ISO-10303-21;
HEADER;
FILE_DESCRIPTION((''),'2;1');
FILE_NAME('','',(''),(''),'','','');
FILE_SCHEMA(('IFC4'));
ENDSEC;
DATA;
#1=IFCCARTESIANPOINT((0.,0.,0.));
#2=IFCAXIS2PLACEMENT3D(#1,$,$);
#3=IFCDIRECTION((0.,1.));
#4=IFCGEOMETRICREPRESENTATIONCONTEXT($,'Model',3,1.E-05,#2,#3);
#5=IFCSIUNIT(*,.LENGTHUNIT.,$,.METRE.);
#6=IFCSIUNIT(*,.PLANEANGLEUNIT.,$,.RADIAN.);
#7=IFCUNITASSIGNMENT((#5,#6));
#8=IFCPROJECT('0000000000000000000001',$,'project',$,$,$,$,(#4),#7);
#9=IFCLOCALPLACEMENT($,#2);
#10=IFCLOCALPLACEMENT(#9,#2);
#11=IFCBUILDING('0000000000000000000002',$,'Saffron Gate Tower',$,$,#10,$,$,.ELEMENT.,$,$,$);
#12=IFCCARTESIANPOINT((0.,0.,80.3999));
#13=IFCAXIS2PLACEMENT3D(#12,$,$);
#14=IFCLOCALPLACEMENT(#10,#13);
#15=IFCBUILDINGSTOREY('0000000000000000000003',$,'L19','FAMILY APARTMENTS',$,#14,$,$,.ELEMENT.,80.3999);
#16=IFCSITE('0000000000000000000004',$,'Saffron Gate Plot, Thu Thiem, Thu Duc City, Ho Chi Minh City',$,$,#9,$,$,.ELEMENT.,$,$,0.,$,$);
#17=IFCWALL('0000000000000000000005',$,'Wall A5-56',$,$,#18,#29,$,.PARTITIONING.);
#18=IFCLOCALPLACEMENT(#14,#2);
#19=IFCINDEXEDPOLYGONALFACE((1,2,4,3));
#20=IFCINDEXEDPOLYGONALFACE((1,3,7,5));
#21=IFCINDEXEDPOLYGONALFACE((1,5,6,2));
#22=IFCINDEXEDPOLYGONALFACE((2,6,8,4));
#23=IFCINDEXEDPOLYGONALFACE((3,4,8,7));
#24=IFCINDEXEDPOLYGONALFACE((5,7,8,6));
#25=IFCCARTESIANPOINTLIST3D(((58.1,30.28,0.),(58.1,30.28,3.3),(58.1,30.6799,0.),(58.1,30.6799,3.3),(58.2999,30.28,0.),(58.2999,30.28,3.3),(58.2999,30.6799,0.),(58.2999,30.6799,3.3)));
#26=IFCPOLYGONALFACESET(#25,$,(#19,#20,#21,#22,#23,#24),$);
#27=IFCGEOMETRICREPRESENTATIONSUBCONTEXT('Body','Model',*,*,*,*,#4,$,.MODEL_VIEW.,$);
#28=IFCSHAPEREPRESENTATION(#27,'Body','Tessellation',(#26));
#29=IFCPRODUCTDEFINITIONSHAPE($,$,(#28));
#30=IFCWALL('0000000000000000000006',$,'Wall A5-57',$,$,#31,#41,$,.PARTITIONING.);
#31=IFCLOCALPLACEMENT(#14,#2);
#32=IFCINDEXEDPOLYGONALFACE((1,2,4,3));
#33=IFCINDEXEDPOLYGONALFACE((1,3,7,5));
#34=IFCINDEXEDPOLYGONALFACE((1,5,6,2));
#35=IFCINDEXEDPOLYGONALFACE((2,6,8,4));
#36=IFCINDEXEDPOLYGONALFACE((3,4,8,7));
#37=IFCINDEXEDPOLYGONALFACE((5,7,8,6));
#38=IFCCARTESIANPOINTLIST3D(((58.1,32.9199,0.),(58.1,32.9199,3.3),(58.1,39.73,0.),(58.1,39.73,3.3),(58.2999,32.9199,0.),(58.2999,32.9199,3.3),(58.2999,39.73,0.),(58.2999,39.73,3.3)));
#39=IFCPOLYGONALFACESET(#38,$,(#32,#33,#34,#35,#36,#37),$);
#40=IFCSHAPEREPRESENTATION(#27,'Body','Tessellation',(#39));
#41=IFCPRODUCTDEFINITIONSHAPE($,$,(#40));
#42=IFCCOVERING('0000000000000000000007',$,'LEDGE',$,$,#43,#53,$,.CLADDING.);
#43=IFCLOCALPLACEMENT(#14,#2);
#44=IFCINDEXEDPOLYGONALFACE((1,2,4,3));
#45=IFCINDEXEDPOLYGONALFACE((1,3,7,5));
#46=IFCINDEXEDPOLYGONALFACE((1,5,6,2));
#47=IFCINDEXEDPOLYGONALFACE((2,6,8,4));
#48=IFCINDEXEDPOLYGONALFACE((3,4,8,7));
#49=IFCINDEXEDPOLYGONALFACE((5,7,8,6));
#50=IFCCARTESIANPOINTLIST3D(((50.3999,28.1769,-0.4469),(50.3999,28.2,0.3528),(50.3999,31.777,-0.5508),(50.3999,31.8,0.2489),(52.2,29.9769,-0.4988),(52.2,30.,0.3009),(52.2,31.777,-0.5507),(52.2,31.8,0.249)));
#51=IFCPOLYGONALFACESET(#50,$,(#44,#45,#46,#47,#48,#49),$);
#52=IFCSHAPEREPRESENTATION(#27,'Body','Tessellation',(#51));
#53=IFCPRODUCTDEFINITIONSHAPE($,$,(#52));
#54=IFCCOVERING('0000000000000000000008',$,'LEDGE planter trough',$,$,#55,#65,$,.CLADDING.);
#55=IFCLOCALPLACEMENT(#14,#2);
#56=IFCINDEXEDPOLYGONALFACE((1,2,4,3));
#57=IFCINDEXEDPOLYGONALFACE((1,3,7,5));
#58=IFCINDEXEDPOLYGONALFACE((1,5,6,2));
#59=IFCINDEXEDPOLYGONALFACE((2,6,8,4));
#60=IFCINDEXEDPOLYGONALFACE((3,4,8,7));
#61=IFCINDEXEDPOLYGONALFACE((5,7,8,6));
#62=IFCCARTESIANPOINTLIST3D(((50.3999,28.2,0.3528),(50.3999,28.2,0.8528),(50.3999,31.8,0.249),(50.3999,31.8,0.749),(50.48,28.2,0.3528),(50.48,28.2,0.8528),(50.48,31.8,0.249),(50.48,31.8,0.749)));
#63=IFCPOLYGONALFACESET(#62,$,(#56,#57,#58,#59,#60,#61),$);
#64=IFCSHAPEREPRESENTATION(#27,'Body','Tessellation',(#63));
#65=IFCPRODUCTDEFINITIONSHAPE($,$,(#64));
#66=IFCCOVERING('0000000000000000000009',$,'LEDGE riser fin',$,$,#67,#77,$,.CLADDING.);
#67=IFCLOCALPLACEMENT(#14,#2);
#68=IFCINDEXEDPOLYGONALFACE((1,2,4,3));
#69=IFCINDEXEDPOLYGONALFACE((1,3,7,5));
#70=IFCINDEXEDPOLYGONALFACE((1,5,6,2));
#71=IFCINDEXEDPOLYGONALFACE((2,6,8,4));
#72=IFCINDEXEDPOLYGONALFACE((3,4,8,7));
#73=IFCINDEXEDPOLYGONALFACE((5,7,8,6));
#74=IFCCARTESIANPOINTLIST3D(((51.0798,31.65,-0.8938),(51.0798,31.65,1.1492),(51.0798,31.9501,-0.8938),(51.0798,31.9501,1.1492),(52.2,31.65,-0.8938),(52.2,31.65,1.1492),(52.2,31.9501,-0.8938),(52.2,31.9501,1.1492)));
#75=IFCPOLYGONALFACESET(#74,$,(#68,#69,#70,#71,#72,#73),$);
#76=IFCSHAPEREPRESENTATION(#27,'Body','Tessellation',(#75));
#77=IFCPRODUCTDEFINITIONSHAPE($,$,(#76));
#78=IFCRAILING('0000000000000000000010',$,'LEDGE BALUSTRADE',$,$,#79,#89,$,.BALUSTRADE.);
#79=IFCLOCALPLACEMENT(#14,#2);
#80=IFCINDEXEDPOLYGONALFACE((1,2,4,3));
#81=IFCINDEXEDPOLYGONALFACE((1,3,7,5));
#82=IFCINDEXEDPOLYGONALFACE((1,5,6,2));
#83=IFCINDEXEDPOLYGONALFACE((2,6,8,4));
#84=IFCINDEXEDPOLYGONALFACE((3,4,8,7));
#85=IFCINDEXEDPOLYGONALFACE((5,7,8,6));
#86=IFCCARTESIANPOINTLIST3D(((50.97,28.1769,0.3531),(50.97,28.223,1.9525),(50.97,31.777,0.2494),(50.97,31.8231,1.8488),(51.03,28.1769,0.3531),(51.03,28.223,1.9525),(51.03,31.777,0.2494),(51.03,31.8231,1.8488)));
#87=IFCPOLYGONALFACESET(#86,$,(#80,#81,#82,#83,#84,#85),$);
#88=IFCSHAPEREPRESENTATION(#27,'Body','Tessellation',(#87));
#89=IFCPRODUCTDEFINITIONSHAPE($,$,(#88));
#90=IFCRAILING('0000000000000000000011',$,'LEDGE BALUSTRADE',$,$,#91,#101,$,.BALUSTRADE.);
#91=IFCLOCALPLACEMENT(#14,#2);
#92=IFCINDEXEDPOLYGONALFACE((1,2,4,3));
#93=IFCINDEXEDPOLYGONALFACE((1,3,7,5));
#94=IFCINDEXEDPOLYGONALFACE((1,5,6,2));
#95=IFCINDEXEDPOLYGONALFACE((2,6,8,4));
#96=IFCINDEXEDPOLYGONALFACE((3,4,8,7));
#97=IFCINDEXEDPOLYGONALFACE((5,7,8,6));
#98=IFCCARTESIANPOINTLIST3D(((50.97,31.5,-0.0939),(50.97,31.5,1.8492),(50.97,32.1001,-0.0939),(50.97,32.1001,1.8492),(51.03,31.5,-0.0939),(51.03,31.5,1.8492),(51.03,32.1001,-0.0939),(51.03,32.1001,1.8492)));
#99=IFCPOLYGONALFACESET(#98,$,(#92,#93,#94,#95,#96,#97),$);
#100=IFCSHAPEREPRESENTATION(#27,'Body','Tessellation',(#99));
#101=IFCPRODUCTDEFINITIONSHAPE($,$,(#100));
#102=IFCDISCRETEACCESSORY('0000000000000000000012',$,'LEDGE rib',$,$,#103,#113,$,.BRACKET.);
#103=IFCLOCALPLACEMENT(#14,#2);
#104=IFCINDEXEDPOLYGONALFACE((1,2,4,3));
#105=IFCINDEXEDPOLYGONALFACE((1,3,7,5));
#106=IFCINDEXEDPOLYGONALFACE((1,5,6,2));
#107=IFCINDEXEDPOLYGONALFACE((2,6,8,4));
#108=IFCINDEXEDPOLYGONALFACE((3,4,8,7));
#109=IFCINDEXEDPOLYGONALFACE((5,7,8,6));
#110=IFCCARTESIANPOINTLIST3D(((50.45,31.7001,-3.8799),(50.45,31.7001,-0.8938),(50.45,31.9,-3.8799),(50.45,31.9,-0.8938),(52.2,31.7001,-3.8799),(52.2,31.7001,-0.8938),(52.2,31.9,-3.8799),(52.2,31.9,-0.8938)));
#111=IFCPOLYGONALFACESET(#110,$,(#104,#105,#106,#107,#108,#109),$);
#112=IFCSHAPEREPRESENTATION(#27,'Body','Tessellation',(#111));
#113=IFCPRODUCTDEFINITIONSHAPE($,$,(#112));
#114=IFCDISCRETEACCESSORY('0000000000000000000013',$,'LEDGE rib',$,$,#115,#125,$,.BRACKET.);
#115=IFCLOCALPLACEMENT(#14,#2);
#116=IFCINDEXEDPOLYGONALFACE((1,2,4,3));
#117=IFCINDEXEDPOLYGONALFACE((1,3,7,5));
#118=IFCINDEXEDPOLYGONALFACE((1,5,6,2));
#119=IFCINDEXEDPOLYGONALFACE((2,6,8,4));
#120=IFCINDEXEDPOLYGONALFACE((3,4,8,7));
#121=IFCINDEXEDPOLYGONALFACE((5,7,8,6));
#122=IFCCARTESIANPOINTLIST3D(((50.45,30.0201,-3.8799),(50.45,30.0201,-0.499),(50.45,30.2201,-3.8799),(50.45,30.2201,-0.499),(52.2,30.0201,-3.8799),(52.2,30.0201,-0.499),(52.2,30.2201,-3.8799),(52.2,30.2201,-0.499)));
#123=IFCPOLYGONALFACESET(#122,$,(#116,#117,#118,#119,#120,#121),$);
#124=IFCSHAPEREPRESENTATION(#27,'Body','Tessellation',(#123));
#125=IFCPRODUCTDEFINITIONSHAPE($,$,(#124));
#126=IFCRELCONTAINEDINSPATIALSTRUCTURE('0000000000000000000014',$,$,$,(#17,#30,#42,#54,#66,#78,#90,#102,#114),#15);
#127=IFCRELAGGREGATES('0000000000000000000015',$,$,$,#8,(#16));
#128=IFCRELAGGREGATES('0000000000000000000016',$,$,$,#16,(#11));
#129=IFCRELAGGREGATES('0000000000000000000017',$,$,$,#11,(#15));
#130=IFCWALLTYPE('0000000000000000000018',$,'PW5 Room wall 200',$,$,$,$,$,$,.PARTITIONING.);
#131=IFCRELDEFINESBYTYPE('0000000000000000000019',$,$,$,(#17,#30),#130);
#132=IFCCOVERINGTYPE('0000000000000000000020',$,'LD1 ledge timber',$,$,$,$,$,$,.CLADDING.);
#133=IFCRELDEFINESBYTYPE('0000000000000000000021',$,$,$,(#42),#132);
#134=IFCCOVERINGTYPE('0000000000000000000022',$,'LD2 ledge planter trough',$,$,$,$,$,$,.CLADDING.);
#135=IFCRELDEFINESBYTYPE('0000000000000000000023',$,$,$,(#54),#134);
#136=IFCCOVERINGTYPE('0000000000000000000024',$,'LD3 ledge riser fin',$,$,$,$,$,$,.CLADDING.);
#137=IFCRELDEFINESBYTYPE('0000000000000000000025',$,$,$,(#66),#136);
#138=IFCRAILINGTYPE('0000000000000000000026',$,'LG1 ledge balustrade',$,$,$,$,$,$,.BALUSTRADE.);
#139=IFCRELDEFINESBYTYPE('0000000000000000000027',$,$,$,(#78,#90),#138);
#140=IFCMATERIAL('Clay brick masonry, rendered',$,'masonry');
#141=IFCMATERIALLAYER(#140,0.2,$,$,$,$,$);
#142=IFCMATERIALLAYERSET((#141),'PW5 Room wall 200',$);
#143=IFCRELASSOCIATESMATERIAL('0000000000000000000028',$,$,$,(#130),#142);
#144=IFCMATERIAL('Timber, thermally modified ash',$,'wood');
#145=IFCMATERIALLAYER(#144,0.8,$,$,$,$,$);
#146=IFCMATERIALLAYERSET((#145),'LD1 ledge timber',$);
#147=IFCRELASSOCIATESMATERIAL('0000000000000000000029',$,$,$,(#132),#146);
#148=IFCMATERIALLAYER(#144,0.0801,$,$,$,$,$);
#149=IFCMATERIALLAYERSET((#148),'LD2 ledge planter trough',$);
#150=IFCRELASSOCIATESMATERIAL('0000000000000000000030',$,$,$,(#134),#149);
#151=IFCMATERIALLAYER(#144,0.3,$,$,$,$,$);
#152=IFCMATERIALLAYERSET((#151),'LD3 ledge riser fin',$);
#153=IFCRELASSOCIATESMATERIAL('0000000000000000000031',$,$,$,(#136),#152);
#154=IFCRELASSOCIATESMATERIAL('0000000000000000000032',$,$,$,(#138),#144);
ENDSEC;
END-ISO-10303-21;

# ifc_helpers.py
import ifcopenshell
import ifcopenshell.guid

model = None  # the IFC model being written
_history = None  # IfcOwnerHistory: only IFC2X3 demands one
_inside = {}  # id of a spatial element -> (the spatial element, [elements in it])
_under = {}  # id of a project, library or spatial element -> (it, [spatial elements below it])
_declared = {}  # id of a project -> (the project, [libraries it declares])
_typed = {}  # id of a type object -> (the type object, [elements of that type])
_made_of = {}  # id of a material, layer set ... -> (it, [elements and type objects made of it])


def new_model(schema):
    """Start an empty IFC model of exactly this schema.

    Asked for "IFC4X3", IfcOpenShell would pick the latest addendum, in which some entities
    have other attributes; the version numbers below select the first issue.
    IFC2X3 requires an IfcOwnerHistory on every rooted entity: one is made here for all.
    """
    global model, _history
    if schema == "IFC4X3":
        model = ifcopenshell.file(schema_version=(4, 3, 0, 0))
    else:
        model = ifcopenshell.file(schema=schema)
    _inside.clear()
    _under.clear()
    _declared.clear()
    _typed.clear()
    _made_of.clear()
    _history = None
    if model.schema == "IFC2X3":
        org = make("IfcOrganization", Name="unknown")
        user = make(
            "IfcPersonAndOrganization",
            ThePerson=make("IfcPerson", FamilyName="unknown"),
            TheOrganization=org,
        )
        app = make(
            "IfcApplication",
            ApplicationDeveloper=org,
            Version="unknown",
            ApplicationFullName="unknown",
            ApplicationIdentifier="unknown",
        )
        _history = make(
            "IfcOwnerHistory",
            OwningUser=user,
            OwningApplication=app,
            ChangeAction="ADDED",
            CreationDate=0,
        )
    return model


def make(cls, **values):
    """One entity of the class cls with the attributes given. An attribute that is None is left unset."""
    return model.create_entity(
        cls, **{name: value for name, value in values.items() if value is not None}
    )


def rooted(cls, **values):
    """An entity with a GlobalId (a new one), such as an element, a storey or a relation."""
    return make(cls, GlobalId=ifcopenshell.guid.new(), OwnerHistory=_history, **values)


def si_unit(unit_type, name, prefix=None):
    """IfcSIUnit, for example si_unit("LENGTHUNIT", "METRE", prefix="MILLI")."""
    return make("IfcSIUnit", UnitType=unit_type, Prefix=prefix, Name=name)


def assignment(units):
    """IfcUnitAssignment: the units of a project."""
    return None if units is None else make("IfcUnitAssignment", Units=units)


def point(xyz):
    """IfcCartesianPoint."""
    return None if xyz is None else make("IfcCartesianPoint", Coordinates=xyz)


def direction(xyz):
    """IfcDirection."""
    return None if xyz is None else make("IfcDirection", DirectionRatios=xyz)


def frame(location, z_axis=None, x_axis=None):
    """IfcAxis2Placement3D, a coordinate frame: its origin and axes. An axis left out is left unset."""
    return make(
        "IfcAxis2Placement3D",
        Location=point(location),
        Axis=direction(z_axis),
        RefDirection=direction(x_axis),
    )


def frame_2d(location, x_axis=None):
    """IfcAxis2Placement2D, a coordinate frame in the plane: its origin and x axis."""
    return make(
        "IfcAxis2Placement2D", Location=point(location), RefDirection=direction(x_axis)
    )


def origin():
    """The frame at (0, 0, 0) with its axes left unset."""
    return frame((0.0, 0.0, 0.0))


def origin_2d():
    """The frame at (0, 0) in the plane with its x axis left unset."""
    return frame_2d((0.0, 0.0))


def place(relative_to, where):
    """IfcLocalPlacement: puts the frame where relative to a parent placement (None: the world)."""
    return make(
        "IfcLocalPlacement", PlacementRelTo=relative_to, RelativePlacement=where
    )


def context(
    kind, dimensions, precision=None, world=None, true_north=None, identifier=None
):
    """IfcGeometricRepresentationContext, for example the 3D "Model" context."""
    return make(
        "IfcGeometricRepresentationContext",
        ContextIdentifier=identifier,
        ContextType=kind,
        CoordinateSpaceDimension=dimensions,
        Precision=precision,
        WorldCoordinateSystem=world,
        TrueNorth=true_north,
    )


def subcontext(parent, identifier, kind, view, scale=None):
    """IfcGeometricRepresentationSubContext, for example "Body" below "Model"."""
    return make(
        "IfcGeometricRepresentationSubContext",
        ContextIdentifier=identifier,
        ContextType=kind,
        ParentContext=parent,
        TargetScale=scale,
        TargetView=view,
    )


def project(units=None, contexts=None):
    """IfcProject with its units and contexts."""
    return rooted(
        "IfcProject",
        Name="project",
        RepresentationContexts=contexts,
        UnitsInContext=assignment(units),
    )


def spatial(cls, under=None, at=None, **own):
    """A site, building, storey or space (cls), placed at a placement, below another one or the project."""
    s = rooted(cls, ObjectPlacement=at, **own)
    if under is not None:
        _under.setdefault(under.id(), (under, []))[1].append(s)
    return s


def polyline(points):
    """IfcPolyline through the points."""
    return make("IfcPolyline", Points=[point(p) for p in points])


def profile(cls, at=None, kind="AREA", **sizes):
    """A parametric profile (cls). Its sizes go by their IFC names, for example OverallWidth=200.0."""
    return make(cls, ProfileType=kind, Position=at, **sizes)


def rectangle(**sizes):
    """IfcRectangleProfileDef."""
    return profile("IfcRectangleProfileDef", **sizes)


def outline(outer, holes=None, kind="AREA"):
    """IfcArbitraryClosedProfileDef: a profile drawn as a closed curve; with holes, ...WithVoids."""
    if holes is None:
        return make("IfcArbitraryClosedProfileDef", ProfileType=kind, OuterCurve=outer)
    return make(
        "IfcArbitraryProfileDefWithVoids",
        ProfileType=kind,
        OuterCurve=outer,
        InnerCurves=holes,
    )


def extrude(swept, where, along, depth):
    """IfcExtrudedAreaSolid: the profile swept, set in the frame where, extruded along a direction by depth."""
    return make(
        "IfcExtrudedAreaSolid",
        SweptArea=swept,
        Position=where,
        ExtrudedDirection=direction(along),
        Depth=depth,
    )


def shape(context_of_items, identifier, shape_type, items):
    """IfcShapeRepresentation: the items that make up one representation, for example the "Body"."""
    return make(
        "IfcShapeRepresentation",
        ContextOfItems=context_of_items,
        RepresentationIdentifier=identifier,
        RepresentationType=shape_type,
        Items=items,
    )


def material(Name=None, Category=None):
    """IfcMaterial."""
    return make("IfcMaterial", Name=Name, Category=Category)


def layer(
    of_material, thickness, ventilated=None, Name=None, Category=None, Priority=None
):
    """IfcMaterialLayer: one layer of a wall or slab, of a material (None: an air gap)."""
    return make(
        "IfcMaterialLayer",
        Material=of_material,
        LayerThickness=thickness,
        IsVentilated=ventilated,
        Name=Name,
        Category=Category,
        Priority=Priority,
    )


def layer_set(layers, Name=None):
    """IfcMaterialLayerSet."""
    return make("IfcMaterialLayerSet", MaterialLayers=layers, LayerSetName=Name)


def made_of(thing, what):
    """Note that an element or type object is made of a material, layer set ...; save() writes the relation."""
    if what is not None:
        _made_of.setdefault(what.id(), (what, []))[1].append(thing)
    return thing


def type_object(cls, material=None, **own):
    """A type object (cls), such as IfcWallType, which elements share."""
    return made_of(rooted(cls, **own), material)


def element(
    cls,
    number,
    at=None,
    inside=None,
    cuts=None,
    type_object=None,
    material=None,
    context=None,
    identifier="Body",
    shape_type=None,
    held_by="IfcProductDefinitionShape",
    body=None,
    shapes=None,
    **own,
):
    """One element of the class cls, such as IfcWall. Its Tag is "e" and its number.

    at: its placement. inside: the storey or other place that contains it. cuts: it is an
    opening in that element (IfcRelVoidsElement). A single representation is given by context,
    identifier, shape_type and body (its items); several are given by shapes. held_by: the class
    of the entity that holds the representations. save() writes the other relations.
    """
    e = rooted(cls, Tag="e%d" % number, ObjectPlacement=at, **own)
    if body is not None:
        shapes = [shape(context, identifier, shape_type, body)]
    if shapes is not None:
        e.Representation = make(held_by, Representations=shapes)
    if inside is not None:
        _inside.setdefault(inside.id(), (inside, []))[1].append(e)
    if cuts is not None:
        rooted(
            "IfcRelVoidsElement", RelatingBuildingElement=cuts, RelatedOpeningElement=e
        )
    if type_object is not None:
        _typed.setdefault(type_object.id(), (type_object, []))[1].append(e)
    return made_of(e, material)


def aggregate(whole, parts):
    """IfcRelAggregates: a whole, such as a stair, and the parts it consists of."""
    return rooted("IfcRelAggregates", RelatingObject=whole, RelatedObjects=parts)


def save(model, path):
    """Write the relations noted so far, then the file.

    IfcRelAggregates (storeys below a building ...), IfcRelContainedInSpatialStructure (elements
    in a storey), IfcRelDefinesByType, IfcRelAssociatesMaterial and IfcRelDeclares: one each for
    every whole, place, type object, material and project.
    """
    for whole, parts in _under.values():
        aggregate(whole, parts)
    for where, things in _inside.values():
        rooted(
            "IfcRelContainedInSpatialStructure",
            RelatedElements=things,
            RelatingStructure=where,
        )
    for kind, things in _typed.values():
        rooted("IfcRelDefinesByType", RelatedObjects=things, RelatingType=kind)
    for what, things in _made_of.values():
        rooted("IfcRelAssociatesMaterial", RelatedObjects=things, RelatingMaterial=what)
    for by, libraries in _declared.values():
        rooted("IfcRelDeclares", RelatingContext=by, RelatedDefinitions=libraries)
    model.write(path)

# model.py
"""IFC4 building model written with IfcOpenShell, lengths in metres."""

from ifc_helpers import new_model, si_unit, direction, frame, frame_2d, origin, origin_2d, place, context, subcontext, project, spatial, polyline, rectangle, outline, extrude, material, layer, layer_set, type_object, element, save


model = new_model("IFC4")

# Units and contexts
model_context = context("Model", 3, precision=1e-05, world=origin(), true_north=direction((0.0, 1.0)))
body_context = subcontext(model_context, "Body", "Model", "MODEL_VIEW")
ifc_project = project(units=[si_unit("LENGTHUNIT", "METRE"), si_unit("PLANEANGLEUNIT", "RADIAN")], contexts=[model_context])

# Site, building, storey
site_placement = place(None, origin())
site = spatial("IfcSite", under=ifc_project, at=site_placement, Name="Saffron Gate Plot, Thu Thiem, Thu Duc City, Ho Chi Minh City", CompositionType="ELEMENT", RefElevation=0.0)
building_placement = place(site_placement, origin())
building = spatial("IfcBuilding", under=site, at=building_placement, Name="Saffron Gate Tower", CompositionType="ELEMENT")
storey_placement = place(building_placement, frame((0.0, 0.0, 80.3999)))
storey = spatial("IfcBuildingStorey", under=building, at=storey_placement, Name="L19", Description="FAMILY APARTMENTS", CompositionType="ELEMENT", Elevation=80.3999)

# Walls
ifc_material_1 = material(Name="Clay brick masonry, rendered", Category="masonry")
ifc_layer_1 = layer(ifc_material_1, 0.2)
ifc_layer_set_1 = layer_set([ifc_layer_1], Name="PW5 Room wall 200")
wall_type_1 = type_object("IfcWallType", Name="PW5 Room wall 200", PredefinedType="PARTITIONING", material=ifc_layer_set_1)
wall_1_placement = place(storey_placement, frame((58.2, 30.6799, 0.0), z_axis=(0.0, 0.0, 1.0), x_axis=(0.0, -1.0, 0.0)))
element("IfcWall", 1, at=wall_1_placement, inside=storey, type_object=wall_type_1, Name="Wall A5-56", PredefinedType="PARTITIONING", context=body_context, shape_type="SweptSolid", body=[
    extrude(rectangle(XDim=0.3999, YDim=0.2, at=frame_2d((0.2, 0.0))), origin(), (0.0, 0.0, 1.0), 3.3),
])
wall_2_placement = place(storey_placement, frame((58.2, 39.73, 0.0), z_axis=(0.0, 0.0, 1.0), x_axis=(0.0, -1.0, 0.0)))
element("IfcWall", 2, at=wall_2_placement, inside=storey, type_object=wall_type_1, Name="Wall A5-57", PredefinedType="PARTITIONING", context=body_context, shape_type="SweptSolid", body=[
    extrude(rectangle(XDim=6.8101, YDim=0.2, at=frame_2d((3.405, 0.0))), origin(), (0.0, 0.0, 1.0), 3.3),
])

# Coverings
ifc_material_2 = material(Name="Timber, thermally modified ash", Category="wood")
ifc_layer_2 = layer(ifc_material_2, 0.8)
ifc_layer_set_2 = layer_set([ifc_layer_2], Name="LD1 ledge timber")
covering_type_1 = type_object("IfcCoveringType", Name="LD1 ledge timber", PredefinedType="CLADDING", material=ifc_layer_set_2)
covering_1_placement = place(storey_placement, frame((52.2, 31.8, 0.249), z_axis=(-0.000045, 0.028832, 0.999584), x_axis=(0.0, -0.999584, 0.028832)))
element("IfcCovering", 3, at=covering_1_placement, inside=storey, type_object=covering_type_1, Name="LEDGE", PredefinedType="CLADDING", context=body_context, shape_type="SweptSolid", body=[
    extrude(outline(polyline([(0.0, 0.0), (1.8008, 0.0), (3.6016, -1.8), (0.0, -1.8), (0.0, 0.0)])), origin(), (0.0, 0.0, -1.0), 0.8),
])
ifc_layer_3 = layer(ifc_material_2, 0.0801)
ifc_layer_set_3 = layer_set([ifc_layer_3], Name="LD2 ledge planter trough")
covering_type_2 = type_object("IfcCoveringType", Name="LD2 ledge planter trough", PredefinedType="CLADDING", material=ifc_layer_set_3)
covering_2_placement = place(storey_placement, frame((50.3999, 31.8, 0.249), z_axis=(-1.0, 0.0, 0.0), x_axis=(0.0, -0.999585, 0.028809)))
element("IfcCovering", 4, at=covering_2_placement, inside=storey, type_object=covering_type_2, Name="LEDGE planter trough", PredefinedType="CLADDING", context=body_context, shape_type="SweptSolid", body=[
    extrude(outline(polyline([(0.0, 0.0), (3.6016, 0.0), (3.616, 0.4998), (0.0144, 0.4998), (0.0, 0.0)])), origin(), (0.0, 0.0, -1.0), 0.0801),
])
ifc_layer_4 = layer(ifc_material_2, 0.3)
ifc_layer_set_4 = layer_set([ifc_layer_4], Name="LD3 ledge riser fin")
covering_type_3 = type_object("IfcCoveringType", Name="LD3 ledge riser fin", PredefinedType="CLADDING", material=ifc_layer_set_4)
covering_3_placement = place(storey_placement, frame((51.6399, 31.8, -0.8938), z_axis=(0.0, 0.0, 1.0), x_axis=(0.0, -1.0, 0.0)))
element("IfcCovering", 5, at=covering_3_placement, inside=storey, type_object=covering_type_3, Name="LEDGE riser fin", PredefinedType="CLADDING", context=body_context, shape_type="SweptSolid", body=[
    extrude(rectangle(XDim=0.3, YDim=1.1201, at=origin_2d()), origin(), (0.0, 0.0, 1.0), 2.043),
])

# Railings
railing_type = type_object("IfcRailingType", Name="LG1 ledge balustrade", PredefinedType="BALUSTRADE", material=ifc_material_2)
railing_1_placement = place(storey_placement, frame((51.0, 31.8, 0.249)))
element("IfcRailing", 6, at=railing_1_placement, inside=storey, type_object=railing_type, Name="LEDGE BALUSTRADE", PredefinedType="BALUSTRADE", context=body_context, shape_type="SweptSolid", body=[
    extrude(rectangle(XDim=0.0601, YDim=1.6001, at=origin_2d()), frame((0.0, 0.0, 0.8), z_axis=(0.0, -0.999585, 0.028809), x_axis=(1.0, 0.0, 0.0)), (0.0, 0.0, 1.0), 3.6016),
])
railing_2_placement = place(storey_placement, frame((51.0, 32.1001, -0.094)))
element("IfcRailing", 7, at=railing_2_placement, inside=storey, type_object=railing_type, Name="LEDGE BALUSTRADE", PredefinedType="BALUSTRADE", context=body_context, shape_type="SweptSolid", body=[
    extrude(rectangle(XDim=0.0601, YDim=1.9431, at=origin_2d()), frame((0.0, 0.0, 0.9717), z_axis=(0.0, -1.0, 0.0), x_axis=(1.0, 0.0, 0.0)), (0.0, 0.0, 1.0), 0.6001),
])

# Discrete accessories
discrete_accessory_1_placement = place(storey_placement, frame((51.325, 31.8, -3.8799), z_axis=(0.0, 0.0, 1.0), x_axis=(0.0, -1.0, 0.0)))
element("IfcDiscreteAccessory", 8, at=discrete_accessory_1_placement, inside=storey, Name="LEDGE rib", PredefinedType="BRACKET", context=body_context, shape_type="SweptSolid", body=[
    extrude(rectangle(XDim=0.2, YDim=1.75, at=origin_2d()), origin(), (0.0, 0.0, 1.0), 2.9861),
])
discrete_accessory_2_placement = place(storey_placement, frame((51.325, 30.1201, -3.8799), z_axis=(0.0, 0.0, 1.0), x_axis=(0.0, -1.0, 0.0)))
element("IfcDiscreteAccessory", 9, at=discrete_accessory_2_placement, inside=storey, Name="LEDGE rib", PredefinedType="BRACKET", context=body_context, shape_type="SweptSolid", body=[
    extrude(rectangle(XDim=0.2, YDim=1.75, at=origin_2d()), origin(), (0.0, 0.0, 1.0), 3.3809),
])

save(model, "model.ifc")
